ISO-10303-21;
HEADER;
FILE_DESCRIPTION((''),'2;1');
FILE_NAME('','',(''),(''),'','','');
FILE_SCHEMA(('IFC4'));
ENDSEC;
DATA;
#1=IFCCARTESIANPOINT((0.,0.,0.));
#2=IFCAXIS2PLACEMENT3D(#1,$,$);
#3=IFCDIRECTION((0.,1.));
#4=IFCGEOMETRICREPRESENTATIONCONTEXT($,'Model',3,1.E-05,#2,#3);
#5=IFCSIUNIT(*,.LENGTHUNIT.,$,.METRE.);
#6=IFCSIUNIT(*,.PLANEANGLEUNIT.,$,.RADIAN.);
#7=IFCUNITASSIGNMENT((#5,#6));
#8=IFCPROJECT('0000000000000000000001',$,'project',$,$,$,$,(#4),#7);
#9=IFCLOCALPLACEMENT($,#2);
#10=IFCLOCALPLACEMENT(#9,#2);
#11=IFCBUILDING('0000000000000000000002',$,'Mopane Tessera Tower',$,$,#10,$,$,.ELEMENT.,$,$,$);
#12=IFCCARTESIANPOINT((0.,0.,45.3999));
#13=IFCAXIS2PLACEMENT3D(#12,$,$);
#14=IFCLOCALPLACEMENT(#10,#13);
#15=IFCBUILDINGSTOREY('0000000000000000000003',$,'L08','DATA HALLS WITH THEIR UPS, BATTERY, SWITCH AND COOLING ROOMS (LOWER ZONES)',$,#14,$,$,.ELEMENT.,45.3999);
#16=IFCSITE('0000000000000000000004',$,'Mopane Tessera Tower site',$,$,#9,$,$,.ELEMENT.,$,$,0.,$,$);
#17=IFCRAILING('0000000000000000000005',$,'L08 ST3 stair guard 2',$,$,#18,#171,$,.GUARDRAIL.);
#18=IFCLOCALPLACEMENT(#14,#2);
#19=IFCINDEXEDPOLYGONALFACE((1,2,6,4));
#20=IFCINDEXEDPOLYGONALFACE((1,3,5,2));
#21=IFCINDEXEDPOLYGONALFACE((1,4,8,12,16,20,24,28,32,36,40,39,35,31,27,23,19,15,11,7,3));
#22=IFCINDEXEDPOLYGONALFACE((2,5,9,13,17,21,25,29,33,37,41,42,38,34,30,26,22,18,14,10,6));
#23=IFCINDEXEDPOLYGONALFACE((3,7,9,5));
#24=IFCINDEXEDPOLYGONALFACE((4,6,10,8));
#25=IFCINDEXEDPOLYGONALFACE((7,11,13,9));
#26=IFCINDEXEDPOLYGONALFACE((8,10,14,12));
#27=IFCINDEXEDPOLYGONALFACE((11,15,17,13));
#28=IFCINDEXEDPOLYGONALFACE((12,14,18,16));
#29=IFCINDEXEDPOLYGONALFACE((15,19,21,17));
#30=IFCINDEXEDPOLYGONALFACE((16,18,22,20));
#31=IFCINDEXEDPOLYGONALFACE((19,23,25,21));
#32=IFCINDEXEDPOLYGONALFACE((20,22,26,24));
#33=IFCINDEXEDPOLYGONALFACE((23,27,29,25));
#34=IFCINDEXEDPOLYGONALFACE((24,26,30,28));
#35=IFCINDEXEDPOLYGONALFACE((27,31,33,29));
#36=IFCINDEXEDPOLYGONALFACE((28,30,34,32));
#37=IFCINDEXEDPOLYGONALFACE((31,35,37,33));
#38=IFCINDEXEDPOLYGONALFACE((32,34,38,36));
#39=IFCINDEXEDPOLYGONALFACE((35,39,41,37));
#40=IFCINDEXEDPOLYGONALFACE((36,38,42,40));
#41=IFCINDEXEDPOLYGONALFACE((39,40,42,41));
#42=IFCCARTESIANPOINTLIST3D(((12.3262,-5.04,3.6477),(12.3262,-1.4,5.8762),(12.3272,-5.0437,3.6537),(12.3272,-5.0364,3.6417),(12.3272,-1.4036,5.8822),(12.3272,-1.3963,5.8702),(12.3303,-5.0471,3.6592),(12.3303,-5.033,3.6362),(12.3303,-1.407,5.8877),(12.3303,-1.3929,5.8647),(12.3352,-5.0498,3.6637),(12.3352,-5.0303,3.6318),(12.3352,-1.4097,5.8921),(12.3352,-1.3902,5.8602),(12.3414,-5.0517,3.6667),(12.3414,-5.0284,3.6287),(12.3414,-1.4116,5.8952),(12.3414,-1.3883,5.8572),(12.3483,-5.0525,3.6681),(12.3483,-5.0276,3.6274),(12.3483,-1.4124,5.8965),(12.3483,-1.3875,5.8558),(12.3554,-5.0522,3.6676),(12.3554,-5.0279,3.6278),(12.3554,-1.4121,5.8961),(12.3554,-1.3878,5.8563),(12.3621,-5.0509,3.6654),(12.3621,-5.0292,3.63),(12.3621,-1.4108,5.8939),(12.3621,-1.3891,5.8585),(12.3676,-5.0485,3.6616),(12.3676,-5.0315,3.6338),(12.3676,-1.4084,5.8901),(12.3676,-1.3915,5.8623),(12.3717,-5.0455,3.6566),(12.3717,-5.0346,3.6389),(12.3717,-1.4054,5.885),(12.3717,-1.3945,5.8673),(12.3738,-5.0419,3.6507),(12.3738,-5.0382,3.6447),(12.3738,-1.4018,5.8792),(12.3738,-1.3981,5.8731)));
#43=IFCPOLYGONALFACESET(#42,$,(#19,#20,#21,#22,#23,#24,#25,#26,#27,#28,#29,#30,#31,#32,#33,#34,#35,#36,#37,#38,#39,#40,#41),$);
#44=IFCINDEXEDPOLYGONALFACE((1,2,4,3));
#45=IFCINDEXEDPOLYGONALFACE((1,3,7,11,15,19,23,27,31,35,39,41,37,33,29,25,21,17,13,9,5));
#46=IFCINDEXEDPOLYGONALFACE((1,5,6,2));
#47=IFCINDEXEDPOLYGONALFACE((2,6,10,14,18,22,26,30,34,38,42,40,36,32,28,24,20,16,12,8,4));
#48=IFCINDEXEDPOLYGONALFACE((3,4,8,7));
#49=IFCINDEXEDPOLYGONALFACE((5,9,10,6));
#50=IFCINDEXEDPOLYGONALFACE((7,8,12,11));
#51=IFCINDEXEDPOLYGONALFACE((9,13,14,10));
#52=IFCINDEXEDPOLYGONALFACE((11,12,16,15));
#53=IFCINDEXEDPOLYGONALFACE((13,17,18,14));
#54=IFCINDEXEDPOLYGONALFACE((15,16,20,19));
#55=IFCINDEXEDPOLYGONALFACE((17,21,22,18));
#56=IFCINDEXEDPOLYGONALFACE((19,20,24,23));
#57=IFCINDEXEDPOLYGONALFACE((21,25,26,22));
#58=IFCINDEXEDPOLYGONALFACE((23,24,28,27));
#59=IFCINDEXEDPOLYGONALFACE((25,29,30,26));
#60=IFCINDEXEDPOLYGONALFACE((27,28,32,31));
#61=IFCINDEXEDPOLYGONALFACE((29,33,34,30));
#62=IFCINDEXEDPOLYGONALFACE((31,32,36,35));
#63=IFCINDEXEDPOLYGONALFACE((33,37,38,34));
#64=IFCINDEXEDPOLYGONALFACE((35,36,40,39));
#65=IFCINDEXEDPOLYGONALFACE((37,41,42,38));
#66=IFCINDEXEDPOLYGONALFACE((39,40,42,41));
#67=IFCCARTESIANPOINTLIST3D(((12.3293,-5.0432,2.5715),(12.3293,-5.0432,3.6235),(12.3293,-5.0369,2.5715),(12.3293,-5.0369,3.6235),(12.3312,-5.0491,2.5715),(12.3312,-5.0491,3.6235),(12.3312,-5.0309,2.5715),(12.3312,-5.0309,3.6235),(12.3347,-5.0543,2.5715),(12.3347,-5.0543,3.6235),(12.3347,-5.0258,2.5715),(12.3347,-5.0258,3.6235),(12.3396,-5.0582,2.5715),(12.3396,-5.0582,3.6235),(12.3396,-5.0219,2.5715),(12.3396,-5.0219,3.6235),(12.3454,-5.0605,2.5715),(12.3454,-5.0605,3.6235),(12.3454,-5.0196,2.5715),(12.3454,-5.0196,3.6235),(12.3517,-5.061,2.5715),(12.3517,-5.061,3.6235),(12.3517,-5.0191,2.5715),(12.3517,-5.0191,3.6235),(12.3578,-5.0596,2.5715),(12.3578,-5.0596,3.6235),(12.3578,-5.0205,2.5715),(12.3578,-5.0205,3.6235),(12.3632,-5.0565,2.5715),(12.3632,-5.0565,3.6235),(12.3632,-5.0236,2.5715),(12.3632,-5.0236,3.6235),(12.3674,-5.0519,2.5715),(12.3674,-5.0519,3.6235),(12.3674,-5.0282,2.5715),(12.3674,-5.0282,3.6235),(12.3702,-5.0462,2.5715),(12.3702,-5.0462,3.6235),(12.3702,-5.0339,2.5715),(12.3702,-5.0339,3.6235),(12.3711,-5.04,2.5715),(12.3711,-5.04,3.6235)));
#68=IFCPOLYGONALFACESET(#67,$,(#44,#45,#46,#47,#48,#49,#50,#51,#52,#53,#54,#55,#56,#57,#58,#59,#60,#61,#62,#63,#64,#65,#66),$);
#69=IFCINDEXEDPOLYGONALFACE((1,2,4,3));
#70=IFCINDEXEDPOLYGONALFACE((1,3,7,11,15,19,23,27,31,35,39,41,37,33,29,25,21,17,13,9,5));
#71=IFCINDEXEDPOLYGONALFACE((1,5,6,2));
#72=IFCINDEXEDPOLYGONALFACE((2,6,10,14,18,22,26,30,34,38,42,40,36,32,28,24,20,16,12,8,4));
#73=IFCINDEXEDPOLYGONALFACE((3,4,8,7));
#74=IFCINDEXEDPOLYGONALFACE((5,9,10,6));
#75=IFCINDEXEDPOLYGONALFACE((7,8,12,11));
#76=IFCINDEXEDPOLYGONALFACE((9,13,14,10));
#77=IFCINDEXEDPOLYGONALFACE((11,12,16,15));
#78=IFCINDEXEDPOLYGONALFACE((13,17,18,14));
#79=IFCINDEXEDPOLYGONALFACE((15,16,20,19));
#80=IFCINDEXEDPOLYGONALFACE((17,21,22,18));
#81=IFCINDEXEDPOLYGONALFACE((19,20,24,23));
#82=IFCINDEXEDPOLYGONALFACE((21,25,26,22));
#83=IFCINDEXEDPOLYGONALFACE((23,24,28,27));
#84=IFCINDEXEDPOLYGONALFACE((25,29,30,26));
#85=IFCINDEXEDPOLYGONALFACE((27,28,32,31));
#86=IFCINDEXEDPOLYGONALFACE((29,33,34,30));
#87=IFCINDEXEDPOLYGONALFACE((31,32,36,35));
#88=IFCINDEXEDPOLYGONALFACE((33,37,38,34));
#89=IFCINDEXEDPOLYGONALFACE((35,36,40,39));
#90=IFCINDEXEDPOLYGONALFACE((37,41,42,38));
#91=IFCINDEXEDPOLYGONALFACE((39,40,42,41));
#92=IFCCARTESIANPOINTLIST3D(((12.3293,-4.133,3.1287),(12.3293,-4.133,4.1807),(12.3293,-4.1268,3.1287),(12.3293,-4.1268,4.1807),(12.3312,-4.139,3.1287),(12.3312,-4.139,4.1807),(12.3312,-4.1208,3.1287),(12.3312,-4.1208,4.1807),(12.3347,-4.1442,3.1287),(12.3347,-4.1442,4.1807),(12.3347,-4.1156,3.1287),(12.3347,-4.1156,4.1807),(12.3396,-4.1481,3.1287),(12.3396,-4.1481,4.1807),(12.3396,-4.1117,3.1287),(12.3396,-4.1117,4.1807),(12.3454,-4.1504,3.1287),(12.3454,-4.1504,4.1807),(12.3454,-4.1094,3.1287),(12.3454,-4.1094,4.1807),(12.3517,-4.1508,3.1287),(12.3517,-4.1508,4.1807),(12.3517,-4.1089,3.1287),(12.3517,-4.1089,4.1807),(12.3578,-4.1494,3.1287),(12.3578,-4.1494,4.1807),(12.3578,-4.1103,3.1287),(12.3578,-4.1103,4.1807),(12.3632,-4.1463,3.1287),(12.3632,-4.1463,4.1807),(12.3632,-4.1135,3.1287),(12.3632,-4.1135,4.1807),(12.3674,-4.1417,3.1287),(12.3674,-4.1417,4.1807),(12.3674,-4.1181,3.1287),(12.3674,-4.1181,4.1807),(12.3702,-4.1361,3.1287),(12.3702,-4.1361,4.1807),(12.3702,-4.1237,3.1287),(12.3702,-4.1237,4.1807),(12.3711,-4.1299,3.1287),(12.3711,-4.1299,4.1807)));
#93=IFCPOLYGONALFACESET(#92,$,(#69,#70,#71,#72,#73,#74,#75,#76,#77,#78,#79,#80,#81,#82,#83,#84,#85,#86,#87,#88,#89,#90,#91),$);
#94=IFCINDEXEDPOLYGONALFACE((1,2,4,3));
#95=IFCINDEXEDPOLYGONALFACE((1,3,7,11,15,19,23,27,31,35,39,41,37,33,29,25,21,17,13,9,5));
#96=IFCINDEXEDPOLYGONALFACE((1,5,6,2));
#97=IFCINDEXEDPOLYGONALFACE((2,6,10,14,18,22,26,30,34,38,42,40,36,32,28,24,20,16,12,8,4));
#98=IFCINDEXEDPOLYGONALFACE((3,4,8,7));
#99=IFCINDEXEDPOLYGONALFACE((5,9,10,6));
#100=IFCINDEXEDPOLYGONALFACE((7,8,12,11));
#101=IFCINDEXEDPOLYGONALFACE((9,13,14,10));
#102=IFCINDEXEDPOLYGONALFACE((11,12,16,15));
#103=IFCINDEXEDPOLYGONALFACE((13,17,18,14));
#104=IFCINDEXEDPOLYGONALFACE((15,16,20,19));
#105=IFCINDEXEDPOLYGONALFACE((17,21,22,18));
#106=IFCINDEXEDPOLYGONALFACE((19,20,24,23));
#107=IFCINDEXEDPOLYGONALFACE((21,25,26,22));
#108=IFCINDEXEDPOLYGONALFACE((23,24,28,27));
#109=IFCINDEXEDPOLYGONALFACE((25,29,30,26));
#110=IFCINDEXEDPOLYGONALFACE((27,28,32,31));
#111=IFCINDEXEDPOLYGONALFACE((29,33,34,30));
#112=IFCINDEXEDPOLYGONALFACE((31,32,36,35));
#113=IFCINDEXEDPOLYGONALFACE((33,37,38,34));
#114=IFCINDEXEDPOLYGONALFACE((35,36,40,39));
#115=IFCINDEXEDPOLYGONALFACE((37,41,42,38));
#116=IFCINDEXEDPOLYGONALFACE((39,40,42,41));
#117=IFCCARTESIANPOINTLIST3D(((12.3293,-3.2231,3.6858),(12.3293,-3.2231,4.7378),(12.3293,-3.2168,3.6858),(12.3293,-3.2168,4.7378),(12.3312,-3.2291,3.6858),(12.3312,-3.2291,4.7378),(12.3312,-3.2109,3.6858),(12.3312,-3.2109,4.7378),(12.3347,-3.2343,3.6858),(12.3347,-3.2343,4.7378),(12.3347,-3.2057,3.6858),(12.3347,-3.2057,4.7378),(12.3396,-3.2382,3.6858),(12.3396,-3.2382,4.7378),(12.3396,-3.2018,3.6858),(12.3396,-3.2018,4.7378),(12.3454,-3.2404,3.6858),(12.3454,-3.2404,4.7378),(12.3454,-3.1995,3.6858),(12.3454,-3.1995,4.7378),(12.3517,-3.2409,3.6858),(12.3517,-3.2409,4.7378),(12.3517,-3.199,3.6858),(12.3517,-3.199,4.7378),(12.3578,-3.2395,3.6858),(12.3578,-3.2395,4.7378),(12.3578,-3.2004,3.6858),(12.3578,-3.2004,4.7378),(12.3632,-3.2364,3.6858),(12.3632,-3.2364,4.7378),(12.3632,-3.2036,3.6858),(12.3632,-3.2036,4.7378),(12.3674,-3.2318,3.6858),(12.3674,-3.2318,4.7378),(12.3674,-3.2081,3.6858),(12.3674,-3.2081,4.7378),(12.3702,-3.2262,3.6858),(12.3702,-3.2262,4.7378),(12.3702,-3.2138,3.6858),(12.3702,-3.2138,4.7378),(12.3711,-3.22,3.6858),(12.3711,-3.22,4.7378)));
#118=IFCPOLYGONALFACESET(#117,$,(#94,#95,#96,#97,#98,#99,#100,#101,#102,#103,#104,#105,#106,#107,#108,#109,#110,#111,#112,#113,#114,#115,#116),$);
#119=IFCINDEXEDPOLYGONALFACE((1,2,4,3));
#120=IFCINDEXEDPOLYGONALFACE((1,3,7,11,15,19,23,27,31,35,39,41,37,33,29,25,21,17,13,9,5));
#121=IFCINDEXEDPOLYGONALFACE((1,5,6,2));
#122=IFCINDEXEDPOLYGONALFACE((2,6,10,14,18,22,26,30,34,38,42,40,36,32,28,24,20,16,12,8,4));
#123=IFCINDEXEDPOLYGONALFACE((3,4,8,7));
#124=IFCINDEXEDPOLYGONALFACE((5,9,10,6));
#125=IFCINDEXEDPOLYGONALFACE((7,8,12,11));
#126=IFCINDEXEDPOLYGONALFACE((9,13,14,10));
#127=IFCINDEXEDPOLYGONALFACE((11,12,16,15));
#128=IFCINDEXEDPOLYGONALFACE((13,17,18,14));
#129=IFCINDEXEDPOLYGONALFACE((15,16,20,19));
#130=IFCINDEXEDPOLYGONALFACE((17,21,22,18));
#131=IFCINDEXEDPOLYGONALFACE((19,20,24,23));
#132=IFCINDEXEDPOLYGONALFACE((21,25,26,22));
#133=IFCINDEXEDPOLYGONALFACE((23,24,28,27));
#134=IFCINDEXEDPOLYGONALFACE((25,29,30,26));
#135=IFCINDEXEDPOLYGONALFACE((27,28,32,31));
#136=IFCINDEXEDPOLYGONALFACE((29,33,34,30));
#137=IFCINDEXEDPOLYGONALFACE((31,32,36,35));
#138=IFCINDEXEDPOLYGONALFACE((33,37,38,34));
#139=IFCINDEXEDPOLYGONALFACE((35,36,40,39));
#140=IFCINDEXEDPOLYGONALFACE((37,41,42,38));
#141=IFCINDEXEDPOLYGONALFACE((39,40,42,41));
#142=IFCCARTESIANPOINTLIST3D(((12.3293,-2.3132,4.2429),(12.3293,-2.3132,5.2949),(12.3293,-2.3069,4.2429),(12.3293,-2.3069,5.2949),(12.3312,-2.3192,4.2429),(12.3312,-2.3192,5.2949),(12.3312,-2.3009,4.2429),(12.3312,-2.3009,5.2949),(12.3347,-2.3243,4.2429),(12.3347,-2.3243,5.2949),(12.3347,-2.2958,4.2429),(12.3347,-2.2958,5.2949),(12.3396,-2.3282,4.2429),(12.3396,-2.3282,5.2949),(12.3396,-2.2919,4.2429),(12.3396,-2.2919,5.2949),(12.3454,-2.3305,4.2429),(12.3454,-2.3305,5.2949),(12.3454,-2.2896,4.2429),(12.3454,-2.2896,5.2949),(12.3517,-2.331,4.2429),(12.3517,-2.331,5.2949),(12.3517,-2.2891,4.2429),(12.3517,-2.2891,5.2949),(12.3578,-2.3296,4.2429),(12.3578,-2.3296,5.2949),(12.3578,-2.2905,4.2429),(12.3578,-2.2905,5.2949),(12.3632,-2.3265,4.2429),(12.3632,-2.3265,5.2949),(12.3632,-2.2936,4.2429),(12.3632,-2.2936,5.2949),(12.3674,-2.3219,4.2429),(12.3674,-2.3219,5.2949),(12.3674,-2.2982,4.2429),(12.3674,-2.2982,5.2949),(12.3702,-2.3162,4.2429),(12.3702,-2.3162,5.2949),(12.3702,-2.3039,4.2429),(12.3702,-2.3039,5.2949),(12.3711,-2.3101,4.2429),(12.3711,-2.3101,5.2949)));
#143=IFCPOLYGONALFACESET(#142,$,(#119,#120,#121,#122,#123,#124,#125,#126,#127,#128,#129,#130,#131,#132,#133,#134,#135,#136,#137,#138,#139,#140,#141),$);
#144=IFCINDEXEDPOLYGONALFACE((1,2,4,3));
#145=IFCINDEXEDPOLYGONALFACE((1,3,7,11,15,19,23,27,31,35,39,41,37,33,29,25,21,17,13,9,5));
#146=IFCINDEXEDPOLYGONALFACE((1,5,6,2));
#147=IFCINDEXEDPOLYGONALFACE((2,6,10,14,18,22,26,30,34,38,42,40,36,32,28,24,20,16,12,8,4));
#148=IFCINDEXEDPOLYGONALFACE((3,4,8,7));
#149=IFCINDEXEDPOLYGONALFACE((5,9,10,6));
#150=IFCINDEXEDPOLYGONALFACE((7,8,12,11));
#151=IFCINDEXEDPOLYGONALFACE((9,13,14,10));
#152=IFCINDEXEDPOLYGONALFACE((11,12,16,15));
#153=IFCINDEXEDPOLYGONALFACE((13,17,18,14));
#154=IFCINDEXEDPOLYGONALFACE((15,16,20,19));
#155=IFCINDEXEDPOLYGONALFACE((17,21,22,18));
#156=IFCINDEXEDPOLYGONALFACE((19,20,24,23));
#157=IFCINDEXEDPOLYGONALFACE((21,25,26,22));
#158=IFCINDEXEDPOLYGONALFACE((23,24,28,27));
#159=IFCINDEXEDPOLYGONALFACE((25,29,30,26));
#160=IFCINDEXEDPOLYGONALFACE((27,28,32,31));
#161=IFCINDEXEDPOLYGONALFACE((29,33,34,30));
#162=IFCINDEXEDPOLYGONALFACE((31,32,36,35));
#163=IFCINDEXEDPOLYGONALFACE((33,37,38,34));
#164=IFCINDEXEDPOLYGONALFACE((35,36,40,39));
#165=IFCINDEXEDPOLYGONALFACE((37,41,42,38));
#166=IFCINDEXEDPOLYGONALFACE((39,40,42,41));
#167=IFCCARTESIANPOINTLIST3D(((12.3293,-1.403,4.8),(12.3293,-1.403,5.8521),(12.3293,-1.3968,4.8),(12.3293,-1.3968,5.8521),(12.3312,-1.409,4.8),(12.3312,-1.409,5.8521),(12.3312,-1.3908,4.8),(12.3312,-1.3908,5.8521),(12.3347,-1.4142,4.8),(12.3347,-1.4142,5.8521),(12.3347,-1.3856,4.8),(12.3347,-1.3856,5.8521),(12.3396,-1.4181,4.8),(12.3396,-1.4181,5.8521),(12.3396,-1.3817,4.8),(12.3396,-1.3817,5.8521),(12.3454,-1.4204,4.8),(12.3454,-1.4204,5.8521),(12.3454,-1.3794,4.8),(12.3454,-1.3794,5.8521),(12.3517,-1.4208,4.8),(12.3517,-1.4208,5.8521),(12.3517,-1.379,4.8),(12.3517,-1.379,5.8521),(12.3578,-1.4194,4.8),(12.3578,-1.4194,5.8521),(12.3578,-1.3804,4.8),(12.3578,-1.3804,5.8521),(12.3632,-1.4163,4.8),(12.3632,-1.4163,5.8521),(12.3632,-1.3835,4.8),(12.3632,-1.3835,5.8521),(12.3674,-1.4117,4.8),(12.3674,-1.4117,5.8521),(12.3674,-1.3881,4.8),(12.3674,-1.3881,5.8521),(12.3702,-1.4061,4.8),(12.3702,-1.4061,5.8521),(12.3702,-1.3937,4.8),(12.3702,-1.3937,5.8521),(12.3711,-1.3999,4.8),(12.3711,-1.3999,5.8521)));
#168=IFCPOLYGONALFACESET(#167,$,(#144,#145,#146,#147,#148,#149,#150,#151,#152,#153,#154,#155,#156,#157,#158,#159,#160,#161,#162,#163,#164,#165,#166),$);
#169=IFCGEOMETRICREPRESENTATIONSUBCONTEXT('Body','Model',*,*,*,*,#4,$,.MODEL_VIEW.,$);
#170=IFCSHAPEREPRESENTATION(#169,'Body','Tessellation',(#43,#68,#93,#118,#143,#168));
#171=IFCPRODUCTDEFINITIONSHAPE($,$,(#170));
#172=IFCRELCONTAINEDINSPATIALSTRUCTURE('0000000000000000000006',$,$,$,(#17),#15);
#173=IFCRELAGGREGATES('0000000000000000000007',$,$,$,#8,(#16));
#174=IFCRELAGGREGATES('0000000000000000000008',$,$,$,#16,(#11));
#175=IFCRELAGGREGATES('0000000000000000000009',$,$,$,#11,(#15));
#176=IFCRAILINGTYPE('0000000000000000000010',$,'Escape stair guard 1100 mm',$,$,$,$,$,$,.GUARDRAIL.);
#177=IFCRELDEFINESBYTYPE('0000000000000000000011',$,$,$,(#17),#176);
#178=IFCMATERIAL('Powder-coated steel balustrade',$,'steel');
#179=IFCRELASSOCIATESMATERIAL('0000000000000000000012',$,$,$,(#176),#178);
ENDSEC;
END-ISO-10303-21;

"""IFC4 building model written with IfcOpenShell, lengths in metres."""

from ifc_helpers import new_model, si_unit, direction, frame, origin, origin_2d, place, context, subcontext, project, spatial, circle, extrude, material, type_object, element, save


model = new_model("IFC4")

# Units and contexts
model_context = context("Model", 3, precision=1e-05, world=origin(), true_north=direction((0.0, 1.0)))
body_context = subcontext(model_context, "Body", "Model", "MODEL_VIEW")
ifc_project = project(units=[si_unit("LENGTHUNIT", "METRE"), si_unit("PLANEANGLEUNIT", "RADIAN")], contexts=[model_context])

# Site, building, storey
site_placement = place(None, origin())
site = spatial("IfcSite", under=ifc_project, at=site_placement, Name="Mopane Tessera Tower site", CompositionType="ELEMENT", RefElevation=0.0)
building_placement = place(site_placement, origin())
building = spatial("IfcBuilding", under=site, at=building_placement, Name="Mopane Tessera Tower", CompositionType="ELEMENT")
storey_placement = place(building_placement, frame((0.0, 0.0, 45.3999)))
storey = spatial("IfcBuildingStorey", under=building, at=storey_placement, Name="L08", Description="DATA HALLS WITH THEIR UPS, BATTERY, SWITCH AND COOLING ROOMS (LOWER ZONES)", CompositionType="ELEMENT", Elevation=45.3999)

# Railing
ifc_material_1 = material(Name="Powder-coated steel balustrade", Category="steel")
railing_type = type_object("IfcRailingType", Name="Escape stair guard 1100 mm", PredefinedType="GUARDRAIL", material=ifc_material_1)
railing_placement = place(storey_placement, frame((12.3501, -5.04, 2.5715)))
element("IfcRailing", 1, at=railing_placement, inside=storey, type_object=railing_type, Name="L08 ST3 stair guard 2", PredefinedType="GUARDRAIL", context=body_context, shape_type="SweptSolid", body=[
    extrude(circle(Radius=0.0239, at=origin_2d()), frame((0.0, 0.0, 1.0762), z_axis=(0.0, 0.852866, 0.52213), x_axis=(-1.0, 0.0, 0.0)), (0.0, 0.0, 1.0), 4.2681),
    extrude(circle(Radius=0.021, at=origin_2d()), origin(), (0.0, 0.0, 1.0), 1.052),
    extrude(circle(Radius=0.021, at=origin_2d()), frame((0.0, 0.9102, 0.5571)), (0.0, 0.0, 1.0), 1.052),
    extrude(circle(Radius=0.021, at=origin_2d()), frame((0.0, 1.8201, 1.1143)), (0.0, 0.0, 1.0), 1.052),
    extrude(circle(Radius=0.021, at=origin_2d()), frame((0.0, 2.73, 1.6714)), (0.0, 0.0, 1.0), 1.052),
    extrude(circle(Radius=0.021, at=origin_2d()), frame((0.0, 3.6401, 2.2285)), (0.0, 0.0, 1.0), 1.052),
])

save(model, "model.ifc")
